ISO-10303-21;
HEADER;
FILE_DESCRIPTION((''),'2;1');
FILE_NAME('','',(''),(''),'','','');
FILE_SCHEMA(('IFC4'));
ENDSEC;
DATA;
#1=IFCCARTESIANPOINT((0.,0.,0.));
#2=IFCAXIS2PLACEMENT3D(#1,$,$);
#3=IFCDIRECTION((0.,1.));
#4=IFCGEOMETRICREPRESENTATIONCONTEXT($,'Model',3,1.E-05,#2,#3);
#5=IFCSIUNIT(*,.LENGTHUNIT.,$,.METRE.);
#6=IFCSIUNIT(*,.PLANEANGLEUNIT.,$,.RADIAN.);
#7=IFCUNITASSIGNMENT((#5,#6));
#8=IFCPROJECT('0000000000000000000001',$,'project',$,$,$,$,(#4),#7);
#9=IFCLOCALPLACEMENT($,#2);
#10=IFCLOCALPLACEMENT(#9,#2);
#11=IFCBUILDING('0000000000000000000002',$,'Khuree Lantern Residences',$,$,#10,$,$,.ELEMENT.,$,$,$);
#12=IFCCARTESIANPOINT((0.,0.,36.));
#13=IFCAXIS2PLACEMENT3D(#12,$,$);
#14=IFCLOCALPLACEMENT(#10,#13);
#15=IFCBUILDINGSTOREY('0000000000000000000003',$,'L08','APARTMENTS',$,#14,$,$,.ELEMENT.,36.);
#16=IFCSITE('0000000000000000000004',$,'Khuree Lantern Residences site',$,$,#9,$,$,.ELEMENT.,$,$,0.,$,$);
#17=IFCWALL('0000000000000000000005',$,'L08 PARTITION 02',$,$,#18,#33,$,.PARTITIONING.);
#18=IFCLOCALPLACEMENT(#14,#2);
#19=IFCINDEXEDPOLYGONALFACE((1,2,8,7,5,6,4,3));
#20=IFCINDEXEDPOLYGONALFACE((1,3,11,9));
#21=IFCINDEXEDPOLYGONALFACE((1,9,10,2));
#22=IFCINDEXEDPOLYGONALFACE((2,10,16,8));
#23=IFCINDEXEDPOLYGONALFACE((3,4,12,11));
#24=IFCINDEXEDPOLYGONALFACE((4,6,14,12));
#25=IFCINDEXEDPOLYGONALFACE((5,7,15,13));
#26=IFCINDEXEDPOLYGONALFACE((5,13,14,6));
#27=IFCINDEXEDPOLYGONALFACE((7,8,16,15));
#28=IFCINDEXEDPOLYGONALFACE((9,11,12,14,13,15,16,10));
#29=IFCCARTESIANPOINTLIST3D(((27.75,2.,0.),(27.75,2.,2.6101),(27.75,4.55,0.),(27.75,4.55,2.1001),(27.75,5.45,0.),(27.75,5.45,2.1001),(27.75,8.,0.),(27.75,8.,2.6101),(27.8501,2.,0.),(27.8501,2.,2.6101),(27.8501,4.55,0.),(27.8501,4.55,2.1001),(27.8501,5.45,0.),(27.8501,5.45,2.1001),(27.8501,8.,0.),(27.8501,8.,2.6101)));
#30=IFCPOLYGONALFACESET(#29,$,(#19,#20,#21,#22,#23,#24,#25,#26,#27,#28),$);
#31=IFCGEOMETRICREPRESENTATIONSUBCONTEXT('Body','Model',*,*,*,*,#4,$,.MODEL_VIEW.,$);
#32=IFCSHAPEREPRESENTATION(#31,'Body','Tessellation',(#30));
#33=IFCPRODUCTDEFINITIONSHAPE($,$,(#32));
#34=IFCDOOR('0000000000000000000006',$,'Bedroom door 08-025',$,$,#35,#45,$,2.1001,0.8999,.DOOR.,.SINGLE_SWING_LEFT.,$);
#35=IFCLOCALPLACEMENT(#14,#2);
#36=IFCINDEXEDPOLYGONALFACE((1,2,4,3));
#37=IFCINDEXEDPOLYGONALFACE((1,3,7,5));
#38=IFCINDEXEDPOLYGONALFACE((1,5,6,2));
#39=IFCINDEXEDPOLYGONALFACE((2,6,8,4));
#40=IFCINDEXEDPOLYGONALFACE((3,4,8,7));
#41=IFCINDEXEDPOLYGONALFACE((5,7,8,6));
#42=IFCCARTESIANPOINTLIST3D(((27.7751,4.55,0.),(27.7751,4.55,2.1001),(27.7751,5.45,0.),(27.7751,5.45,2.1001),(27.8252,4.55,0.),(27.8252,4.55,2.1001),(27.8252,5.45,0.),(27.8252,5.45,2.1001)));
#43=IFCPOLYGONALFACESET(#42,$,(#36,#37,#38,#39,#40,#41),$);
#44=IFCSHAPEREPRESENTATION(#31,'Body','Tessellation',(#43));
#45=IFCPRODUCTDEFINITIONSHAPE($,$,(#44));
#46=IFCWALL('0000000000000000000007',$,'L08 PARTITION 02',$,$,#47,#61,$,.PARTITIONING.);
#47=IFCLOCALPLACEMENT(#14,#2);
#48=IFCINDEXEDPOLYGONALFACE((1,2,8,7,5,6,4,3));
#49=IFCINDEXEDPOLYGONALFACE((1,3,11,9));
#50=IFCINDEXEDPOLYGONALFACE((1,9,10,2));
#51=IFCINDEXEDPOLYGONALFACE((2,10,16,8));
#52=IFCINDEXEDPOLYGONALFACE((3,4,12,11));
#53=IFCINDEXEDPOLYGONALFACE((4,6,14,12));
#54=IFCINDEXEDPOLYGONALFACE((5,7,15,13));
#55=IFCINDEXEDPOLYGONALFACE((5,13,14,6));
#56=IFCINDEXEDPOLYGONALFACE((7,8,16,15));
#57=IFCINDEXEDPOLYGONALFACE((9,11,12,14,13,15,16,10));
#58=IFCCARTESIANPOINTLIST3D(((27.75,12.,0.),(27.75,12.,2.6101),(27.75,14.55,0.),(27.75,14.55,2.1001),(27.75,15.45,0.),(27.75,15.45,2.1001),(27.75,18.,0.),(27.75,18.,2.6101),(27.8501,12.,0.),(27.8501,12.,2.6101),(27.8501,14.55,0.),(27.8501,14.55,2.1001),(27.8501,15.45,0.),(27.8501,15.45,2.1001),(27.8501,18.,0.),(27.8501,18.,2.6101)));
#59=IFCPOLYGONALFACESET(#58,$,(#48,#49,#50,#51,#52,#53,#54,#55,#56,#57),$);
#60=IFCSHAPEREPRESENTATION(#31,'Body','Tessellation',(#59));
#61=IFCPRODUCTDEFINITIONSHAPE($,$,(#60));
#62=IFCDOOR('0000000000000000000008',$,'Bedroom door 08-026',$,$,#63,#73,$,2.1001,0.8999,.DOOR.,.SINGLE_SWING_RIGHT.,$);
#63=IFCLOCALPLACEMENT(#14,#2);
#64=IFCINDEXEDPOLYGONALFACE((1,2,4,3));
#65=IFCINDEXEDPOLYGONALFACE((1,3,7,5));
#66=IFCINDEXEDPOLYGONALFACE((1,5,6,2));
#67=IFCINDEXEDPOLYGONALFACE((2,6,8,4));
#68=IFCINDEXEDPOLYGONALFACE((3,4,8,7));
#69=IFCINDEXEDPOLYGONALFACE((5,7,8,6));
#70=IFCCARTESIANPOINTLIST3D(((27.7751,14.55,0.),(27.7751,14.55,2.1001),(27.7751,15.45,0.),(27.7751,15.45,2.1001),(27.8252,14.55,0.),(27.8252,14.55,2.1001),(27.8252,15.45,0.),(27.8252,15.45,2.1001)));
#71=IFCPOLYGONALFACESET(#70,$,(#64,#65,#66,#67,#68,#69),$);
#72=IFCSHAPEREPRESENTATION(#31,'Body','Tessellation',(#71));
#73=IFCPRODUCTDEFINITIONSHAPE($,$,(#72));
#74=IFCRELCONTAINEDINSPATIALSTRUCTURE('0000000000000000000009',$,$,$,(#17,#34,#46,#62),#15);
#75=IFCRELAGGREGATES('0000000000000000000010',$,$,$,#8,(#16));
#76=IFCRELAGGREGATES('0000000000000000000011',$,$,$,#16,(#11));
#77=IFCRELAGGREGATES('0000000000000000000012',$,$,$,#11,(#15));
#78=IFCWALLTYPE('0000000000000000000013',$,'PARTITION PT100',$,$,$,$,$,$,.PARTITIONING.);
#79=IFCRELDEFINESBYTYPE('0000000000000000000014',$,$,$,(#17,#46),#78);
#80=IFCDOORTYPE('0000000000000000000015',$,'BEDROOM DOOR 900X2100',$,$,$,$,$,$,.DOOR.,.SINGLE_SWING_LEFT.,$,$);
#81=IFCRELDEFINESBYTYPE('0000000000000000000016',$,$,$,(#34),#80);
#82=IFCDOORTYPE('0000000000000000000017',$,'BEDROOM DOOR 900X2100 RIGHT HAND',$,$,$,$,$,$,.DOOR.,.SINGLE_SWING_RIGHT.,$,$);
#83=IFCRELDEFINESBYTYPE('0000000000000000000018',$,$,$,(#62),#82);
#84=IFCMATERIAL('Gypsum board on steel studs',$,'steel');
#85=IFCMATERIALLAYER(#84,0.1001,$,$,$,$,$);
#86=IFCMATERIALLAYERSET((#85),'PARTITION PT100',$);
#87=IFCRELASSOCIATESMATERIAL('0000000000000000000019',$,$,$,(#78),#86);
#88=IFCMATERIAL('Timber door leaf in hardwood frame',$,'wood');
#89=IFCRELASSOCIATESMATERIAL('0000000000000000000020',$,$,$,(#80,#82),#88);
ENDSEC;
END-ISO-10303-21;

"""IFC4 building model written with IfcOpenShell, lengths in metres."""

from ifc_helpers import new_model, si_unit, direction, frame, frame_2d, origin, place, context, subcontext, project, spatial, rectangle, extrude, material, layer, layer_set, type_object, element, fill, save


model = new_model("IFC4")

# Units and contexts
model_context = context("Model", 3, precision=1e-05, world=origin(), true_north=direction((0.0, 1.0)))
body_context = subcontext(model_context, "Body", "Model", "MODEL_VIEW")
ifc_project = project(units=[si_unit("LENGTHUNIT", "METRE"), si_unit("PLANEANGLEUNIT", "RADIAN")], contexts=[model_context])

# Site, building, storey
site_placement = place(None, origin())
site = spatial("IfcSite", under=ifc_project, at=site_placement, Name="Khuree Lantern Residences site", CompositionType="ELEMENT", RefElevation=0.0)
building_placement = place(site_placement, origin())
building = spatial("IfcBuilding", under=site, at=building_placement, Name="Khuree Lantern Residences", CompositionType="ELEMENT")
storey_placement = place(building_placement, frame((0.0, 0.0, 36.0)))
storey = spatial("IfcBuildingStorey", under=building, at=storey_placement, Name="L08", Description="APARTMENTS", CompositionType="ELEMENT", Elevation=36.0)

# Shared definitions
ifc_material_1 = material(Name="Timber door leaf in hardwood frame", Category="wood")

# Shared definitions
ifc_material_2 = material(Name="Gypsum board on steel studs", Category="steel")
ifc_layer_1 = layer(ifc_material_2, 0.1001)
ifc_layer_set_1 = layer_set([ifc_layer_1], Name="PARTITION PT100")
wall_type_1 = type_object("IfcWallType", Name="PARTITION PT100", PredefinedType="PARTITIONING", material=ifc_layer_set_1)

# Walls, openings, doors
wall_1_placement = place(storey_placement, frame((27.8, 2.0, 0.0), z_axis=(0.0, 0.0, 1.0), x_axis=(0.0, 1.0, 0.0)))
wall_1 = element("IfcWall", 1, at=wall_1_placement, inside=storey, type_object=wall_type_1, Name="L08 PARTITION 02", PredefinedType="PARTITIONING", context=body_context, shape_type="SweptSolid", body=[
    extrude(rectangle(XDim=6.0, YDim=0.1001, at=frame_2d((3.0, 0.0))), origin(), (0.0, 0.0, 1.0), 2.6101),
])
opening_1_placement = place(wall_1_placement, frame((2.55, 0.0, 0.0)))
opening_1 = element("IfcOpeningElement", 2, at=opening_1_placement, cuts=wall_1, PredefinedType="OPENING", context=body_context, shape_type="SweptSolid", body=[
    extrude(rectangle(XDim=0.8999, YDim=2.1001, at=frame_2d((0.45, 1.05))), frame((0.0, 0.0601, 0.0), z_axis=(0.0, -1.0, 0.0), x_axis=(1.0, 0.0, 0.0)), (0.0, 0.0, 1.0), 0.1201),
])
door_type_1 = type_object("IfcDoorType", Name="BEDROOM DOOR 900X2100", OperationType="SINGLE_SWING_LEFT", PredefinedType="DOOR", material=ifc_material_1)
door_1_placement = place(opening_1_placement, origin())
door_1 = element("IfcDoor", 3, at=door_1_placement, inside=storey, type_object=door_type_1, Name="Bedroom door 08-025", OperationType="SINGLE_SWING_LEFT", OverallHeight=2.1001, OverallWidth=0.8999, PredefinedType="DOOR", context=body_context, shape_type="SweptSolid", body=[
    extrude(rectangle(XDim=0.8999, YDim=2.1001, at=frame_2d((0.45, 1.05))), frame((0.0, 0.0249, 0.0), z_axis=(0.0, -1.0, 0.0), x_axis=(1.0, 0.0, 0.0)), (0.0, 0.0, 1.0), 0.05),
])
fill(opening_1, door_1)
wall_2_placement = place(storey_placement, frame((27.8, 12.0, 0.0), z_axis=(0.0, 0.0, 1.0), x_axis=(0.0, 1.0, 0.0)))
wall_2 = element("IfcWall", 4, at=wall_2_placement, inside=storey, type_object=wall_type_1, Name="L08 PARTITION 02", PredefinedType="PARTITIONING", context=body_context, shape_type="SweptSolid", body=[
    extrude(rectangle(XDim=6.0, YDim=0.1001, at=frame_2d((3.0, 0.0))), origin(), (0.0, 0.0, 1.0), 2.6101),
])
opening_2_placement = place(wall_2_placement, frame((2.55, 0.0, 0.0)))
opening_2 = element("IfcOpeningElement", 5, at=opening_2_placement, cuts=wall_2, PredefinedType="OPENING", context=body_context, shape_type="SweptSolid", body=[
    extrude(rectangle(XDim=0.8999, YDim=2.1001, at=frame_2d((0.45, 1.05))), frame((0.0, 0.0601, 0.0), z_axis=(0.0, -1.0, 0.0), x_axis=(1.0, 0.0, 0.0)), (0.0, 0.0, 1.0), 0.1201),
])
door_type_2 = type_object("IfcDoorType", Name="BEDROOM DOOR 900X2100 RIGHT HAND", OperationType="SINGLE_SWING_RIGHT", PredefinedType="DOOR", material=ifc_material_1)
door_2_placement = place(opening_2_placement, origin())
door_2 = element("IfcDoor", 6, at=door_2_placement, inside=storey, type_object=door_type_2, Name="Bedroom door 08-026", OperationType="SINGLE_SWING_RIGHT", OverallHeight=2.1001, OverallWidth=0.8999, PredefinedType="DOOR", context=body_context, shape_type="SweptSolid", body=[
    extrude(rectangle(XDim=0.8999, YDim=2.1001, at=frame_2d((0.45, 1.05))), frame((0.0, 0.0249, 0.0), z_axis=(0.0, -1.0, 0.0), x_axis=(1.0, 0.0, 0.0)), (0.0, 0.0, 1.0), 0.05),
])
fill(opening_2, door_2)

save(model, "model.ifc")
